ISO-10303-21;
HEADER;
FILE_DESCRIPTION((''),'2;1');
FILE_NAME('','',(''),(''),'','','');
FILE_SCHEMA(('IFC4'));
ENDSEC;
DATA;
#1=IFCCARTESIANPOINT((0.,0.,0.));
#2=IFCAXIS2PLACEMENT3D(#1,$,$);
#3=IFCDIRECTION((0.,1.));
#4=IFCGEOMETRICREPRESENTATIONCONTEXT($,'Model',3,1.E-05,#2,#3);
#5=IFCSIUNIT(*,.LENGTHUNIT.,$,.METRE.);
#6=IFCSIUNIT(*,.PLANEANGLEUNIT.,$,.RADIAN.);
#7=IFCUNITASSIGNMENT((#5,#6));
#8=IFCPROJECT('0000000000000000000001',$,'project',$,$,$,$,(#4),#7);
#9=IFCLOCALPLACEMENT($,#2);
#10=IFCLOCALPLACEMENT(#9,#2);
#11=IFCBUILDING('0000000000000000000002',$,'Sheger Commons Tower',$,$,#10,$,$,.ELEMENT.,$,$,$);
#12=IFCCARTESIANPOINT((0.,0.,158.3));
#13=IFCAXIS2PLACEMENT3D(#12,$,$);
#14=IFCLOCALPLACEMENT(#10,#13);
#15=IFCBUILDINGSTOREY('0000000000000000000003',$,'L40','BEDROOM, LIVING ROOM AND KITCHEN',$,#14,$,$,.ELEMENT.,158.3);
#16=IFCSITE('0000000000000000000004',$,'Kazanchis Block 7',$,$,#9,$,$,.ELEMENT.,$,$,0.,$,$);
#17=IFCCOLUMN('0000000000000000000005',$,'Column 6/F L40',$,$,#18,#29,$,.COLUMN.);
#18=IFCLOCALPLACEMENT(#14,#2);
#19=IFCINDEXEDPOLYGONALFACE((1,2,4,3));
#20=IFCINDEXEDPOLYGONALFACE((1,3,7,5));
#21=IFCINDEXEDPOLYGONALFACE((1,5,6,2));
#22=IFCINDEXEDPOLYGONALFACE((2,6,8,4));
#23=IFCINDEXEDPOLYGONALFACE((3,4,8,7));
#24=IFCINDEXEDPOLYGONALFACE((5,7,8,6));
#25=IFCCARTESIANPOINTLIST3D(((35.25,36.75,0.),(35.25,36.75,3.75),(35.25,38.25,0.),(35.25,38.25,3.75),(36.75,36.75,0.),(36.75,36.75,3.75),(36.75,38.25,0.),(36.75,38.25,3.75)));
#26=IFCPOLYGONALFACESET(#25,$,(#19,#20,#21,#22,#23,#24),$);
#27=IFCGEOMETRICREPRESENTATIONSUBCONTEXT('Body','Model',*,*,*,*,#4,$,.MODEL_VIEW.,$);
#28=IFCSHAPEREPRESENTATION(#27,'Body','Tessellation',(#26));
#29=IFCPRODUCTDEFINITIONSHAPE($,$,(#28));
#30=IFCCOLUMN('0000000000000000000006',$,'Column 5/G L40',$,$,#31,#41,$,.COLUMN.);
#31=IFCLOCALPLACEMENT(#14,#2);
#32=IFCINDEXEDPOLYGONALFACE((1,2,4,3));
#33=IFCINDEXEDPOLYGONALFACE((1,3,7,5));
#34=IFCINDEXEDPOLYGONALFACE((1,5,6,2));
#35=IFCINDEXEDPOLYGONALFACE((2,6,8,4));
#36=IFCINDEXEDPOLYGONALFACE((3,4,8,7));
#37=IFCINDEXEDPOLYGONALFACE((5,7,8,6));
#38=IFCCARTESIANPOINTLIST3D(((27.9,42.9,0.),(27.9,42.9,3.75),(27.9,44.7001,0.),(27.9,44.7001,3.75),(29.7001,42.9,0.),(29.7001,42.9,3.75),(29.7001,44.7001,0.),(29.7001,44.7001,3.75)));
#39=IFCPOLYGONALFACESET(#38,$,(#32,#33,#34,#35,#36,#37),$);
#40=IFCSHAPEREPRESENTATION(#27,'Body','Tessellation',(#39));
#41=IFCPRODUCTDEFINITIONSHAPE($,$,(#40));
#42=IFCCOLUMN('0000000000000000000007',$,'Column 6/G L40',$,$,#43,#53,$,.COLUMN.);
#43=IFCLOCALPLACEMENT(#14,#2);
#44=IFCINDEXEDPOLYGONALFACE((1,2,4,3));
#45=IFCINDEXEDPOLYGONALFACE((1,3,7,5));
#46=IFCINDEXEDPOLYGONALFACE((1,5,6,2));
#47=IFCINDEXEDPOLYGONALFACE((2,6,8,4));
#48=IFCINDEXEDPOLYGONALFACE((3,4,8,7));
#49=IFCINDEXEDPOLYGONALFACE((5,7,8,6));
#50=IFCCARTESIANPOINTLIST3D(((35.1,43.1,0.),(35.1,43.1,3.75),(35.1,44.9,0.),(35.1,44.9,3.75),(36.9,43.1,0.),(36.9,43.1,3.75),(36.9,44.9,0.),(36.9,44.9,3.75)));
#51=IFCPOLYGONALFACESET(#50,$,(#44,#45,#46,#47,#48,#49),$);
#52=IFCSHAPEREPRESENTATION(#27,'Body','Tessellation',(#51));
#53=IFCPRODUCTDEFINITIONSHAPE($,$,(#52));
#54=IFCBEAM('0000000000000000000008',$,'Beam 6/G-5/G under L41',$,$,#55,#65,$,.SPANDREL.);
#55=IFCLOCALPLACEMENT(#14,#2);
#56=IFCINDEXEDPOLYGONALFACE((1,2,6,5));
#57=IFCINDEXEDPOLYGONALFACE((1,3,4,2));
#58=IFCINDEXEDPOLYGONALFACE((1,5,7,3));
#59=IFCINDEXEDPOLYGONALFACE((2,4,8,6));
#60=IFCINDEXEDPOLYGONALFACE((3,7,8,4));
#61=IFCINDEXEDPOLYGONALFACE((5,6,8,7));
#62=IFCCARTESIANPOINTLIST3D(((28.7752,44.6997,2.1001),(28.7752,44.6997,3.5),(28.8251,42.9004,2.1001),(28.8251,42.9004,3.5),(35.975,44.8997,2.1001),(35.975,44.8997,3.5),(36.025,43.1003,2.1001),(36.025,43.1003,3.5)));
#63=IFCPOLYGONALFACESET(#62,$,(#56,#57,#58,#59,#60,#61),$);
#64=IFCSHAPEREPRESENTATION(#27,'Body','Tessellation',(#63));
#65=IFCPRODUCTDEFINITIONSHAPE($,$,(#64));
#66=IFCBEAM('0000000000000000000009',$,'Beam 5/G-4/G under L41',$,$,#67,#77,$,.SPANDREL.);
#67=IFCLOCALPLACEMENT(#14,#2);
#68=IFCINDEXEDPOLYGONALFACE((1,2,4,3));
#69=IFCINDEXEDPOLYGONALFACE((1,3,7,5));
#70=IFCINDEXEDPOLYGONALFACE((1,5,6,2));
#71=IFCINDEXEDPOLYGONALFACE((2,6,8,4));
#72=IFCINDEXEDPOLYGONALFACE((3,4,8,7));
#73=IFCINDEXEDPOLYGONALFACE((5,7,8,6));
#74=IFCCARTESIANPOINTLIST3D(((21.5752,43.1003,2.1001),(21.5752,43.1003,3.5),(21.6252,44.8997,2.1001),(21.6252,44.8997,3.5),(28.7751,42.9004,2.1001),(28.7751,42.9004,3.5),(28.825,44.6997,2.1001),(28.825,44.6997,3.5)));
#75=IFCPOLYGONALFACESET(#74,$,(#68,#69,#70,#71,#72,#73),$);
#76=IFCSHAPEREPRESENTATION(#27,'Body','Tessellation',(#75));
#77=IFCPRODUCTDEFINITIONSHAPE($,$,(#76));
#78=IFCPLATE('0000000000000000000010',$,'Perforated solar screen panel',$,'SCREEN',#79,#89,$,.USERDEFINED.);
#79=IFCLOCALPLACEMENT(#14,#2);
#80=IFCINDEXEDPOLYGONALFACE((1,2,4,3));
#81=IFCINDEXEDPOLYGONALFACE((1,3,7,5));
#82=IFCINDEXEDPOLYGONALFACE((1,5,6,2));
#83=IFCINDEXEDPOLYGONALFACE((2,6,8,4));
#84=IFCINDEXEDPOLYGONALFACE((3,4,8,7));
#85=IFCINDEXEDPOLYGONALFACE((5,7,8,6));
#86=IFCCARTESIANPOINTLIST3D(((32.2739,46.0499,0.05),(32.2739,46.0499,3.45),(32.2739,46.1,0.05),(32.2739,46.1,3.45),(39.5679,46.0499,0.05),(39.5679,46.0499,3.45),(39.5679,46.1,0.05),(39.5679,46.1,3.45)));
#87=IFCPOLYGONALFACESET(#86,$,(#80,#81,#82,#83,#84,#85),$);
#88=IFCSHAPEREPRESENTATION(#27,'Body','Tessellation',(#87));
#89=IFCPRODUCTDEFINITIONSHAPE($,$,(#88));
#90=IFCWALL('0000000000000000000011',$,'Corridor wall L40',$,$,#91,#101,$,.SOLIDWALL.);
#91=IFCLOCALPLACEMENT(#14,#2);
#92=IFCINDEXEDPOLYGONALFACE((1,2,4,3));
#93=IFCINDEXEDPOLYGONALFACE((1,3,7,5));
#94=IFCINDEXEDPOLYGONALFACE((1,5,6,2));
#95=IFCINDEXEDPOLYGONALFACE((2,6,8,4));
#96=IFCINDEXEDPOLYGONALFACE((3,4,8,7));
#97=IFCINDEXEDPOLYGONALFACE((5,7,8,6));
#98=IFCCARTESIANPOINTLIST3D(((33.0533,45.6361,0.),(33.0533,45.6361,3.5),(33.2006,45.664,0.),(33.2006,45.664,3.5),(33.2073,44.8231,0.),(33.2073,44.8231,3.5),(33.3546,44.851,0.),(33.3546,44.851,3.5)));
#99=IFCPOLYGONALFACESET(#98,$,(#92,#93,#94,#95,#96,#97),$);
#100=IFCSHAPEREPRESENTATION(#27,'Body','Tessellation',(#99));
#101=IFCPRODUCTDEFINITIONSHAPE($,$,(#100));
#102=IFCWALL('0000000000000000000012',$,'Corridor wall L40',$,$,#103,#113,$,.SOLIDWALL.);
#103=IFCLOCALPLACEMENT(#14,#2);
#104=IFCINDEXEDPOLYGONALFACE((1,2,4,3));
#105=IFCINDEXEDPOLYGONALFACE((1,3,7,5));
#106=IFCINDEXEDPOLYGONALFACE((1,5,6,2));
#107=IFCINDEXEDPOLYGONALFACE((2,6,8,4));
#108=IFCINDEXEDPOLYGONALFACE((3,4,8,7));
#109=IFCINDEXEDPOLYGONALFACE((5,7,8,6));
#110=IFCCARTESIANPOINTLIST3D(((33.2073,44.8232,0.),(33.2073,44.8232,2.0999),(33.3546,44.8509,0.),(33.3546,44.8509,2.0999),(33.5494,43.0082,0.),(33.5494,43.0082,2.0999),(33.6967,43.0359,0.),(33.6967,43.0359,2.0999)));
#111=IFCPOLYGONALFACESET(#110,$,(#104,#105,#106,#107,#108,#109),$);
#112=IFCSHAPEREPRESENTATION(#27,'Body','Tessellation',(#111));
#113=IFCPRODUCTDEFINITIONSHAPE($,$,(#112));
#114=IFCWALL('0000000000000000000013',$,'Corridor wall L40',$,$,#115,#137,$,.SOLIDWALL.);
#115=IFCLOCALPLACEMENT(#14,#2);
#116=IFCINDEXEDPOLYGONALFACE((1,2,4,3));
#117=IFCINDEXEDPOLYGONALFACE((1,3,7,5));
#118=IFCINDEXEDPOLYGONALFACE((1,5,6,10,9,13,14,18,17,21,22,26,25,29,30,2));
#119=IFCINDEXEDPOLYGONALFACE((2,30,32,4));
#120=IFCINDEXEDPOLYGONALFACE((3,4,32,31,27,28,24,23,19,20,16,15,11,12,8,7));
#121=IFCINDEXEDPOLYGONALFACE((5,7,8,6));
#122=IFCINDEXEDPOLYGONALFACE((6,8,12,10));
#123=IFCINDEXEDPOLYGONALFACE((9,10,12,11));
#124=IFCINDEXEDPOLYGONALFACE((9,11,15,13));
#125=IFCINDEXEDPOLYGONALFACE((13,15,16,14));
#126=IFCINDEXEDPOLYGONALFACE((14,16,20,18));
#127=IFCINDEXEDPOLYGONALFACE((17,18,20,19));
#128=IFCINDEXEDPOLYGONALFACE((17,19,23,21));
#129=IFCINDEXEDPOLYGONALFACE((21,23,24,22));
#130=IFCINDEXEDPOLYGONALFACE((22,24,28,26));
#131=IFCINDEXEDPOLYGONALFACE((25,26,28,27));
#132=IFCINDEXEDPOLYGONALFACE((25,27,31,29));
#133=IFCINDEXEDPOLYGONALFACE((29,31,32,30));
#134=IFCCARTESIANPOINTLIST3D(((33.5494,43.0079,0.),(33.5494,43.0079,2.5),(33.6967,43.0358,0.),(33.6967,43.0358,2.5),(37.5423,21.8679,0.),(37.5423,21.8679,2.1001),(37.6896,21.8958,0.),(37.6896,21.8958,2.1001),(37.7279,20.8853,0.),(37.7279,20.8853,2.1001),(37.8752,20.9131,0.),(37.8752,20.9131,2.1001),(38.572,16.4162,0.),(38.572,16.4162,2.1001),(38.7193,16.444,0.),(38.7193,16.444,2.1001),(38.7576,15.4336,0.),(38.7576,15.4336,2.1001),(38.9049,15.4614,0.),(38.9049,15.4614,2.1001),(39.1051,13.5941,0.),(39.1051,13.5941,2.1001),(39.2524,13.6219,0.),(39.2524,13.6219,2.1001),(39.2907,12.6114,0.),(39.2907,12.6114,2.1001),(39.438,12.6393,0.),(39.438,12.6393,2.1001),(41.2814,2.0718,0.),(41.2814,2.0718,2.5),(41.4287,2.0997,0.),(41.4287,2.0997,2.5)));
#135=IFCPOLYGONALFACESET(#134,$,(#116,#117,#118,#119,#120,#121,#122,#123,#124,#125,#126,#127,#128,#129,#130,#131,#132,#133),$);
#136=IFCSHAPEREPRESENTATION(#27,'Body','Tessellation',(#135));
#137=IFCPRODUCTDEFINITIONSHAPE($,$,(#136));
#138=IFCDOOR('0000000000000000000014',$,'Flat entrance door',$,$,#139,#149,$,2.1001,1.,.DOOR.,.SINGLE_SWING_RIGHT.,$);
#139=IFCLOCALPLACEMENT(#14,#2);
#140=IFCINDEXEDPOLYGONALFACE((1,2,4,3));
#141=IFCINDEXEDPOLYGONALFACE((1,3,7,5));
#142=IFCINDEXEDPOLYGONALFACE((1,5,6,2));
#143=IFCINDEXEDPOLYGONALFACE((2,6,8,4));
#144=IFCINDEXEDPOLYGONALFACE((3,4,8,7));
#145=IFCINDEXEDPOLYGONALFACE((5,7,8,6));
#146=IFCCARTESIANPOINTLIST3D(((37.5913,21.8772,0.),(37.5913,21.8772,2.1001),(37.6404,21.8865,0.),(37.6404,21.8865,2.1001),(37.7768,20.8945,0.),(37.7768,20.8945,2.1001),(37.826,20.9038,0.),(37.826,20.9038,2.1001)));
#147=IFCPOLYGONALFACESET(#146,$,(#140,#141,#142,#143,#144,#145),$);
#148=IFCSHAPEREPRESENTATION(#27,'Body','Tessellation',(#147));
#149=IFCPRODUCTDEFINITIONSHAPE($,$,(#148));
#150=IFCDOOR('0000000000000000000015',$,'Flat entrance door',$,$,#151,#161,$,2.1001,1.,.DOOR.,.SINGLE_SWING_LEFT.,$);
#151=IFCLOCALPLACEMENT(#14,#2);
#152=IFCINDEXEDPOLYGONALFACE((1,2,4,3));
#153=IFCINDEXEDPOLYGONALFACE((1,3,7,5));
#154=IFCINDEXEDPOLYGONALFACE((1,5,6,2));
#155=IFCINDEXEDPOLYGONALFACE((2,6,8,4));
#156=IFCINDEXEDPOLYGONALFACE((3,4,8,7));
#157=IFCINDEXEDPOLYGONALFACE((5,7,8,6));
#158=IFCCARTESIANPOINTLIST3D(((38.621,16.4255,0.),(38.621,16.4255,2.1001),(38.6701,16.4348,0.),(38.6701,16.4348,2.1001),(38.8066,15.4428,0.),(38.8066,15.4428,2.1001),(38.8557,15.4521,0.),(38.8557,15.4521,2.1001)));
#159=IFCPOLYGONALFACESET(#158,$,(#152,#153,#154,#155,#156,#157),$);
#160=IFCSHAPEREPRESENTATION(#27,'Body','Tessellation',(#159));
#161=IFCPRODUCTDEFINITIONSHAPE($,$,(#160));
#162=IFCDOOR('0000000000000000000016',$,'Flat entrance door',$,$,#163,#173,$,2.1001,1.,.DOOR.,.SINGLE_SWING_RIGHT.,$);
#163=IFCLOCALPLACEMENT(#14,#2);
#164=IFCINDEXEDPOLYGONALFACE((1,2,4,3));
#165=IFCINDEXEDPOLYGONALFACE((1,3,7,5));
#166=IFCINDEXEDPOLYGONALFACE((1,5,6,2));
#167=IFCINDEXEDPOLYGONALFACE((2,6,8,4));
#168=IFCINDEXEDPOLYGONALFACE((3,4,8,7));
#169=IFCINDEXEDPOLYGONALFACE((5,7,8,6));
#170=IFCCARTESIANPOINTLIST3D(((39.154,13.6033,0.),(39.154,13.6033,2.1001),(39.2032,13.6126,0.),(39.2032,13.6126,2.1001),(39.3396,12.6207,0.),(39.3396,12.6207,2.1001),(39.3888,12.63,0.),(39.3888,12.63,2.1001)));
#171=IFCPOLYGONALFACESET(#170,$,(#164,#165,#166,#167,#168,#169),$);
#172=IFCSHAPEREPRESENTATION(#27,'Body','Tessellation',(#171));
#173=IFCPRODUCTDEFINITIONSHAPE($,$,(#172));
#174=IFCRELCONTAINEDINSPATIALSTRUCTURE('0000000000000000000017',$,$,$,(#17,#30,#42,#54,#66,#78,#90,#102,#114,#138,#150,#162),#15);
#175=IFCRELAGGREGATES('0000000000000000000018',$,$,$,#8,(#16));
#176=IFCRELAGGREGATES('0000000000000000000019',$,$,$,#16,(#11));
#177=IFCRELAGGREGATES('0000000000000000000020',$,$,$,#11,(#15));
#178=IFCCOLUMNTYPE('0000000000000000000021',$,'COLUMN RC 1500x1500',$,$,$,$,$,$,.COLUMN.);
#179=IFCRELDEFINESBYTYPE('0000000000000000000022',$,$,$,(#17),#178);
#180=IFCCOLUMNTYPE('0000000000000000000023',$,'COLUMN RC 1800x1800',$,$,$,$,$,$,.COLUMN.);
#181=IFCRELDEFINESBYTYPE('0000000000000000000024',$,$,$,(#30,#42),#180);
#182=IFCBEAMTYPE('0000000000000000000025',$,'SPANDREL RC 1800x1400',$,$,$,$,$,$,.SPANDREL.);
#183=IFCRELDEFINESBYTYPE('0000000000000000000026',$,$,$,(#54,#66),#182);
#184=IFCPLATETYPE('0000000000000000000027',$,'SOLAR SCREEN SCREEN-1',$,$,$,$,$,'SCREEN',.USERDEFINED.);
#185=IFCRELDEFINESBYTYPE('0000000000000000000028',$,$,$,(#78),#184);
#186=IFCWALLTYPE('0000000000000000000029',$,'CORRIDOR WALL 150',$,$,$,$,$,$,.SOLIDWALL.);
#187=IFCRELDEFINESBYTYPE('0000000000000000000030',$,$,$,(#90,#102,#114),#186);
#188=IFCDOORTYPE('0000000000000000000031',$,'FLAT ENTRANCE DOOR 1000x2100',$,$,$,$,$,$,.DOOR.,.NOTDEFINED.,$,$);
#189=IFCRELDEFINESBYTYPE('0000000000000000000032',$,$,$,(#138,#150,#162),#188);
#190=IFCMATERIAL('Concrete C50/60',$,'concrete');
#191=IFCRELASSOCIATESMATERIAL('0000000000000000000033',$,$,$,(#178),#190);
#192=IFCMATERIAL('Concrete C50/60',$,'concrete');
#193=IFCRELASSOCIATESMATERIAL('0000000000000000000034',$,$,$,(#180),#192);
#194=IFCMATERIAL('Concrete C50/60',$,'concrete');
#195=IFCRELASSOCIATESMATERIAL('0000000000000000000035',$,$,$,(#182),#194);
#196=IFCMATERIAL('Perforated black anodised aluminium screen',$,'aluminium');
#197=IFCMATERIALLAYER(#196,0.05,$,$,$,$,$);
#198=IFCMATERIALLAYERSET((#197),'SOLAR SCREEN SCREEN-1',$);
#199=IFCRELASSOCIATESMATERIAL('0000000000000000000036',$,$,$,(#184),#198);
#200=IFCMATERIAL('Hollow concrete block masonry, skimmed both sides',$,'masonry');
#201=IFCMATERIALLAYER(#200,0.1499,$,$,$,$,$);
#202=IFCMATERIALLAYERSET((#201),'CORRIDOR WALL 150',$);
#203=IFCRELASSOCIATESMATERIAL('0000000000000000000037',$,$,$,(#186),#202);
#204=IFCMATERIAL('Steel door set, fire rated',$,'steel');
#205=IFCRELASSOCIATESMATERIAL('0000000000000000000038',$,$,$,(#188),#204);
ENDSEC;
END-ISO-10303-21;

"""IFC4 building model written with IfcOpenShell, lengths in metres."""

from ifc_helpers import new_model, si_unit, direction, frame, frame_2d, origin, origin_2d, place, context, subcontext, project, spatial, rectangle, extrude, material, layer, layer_set, material_profile, profile_set, type_object, element, fill, save


model = new_model("IFC4")

# Units and contexts
model_context = context("Model", 3, precision=1e-05, world=origin(), true_north=direction((0.0, 1.0)))
body_context = subcontext(model_context, "Body", "Model", "MODEL_VIEW")
ifc_project = project(units=[si_unit("LENGTHUNIT", "METRE"), si_unit("PLANEANGLEUNIT", "RADIAN")], contexts=[model_context])

# Site, building, storey
site_placement = place(None, origin())
site = spatial("IfcSite", under=ifc_project, at=site_placement, Name="Kazanchis Block 7", CompositionType="ELEMENT", RefElevation=0.0)
building_placement = place(site_placement, origin())
building = spatial("IfcBuilding", under=site, at=building_placement, Name="Sheger Commons Tower", CompositionType="ELEMENT")
storey_placement = place(building_placement, frame((0.0, 0.0, 158.3)))
storey = spatial("IfcBuildingStorey", under=building, at=storey_placement, Name="L40", Description="BEDROOM, LIVING ROOM AND KITCHEN", CompositionType="ELEMENT", Elevation=158.3)

# Columns
ifc_material_1 = material(Name="Concrete C50/60", Category="concrete")
ifc_material_profile_1 = material_profile(ifc_material_1, rectangle(XDim=1.5, YDim=1.5, at=origin_2d()), Name="RC 1500x1500")
ifc_profile_set_1 = profile_set([ifc_material_profile_1], Name="Concrete C50/60")
column_type_1 = type_object("IfcColumnType", Name="COLUMN RC 1500x1500", PredefinedType="COLUMN", material=ifc_profile_set_1)
column_placement = place(storey_placement, frame((36.0, 37.5, 0.0), z_axis=(0.0, 0.0, 1.0), x_axis=(1.0, 0.0, 0.0)))
element("IfcColumn", 1, at=column_placement, inside=storey, type_object=column_type_1, Name="Column 6/F L40", PredefinedType="COLUMN", context=body_context, shape_type="SweptSolid", body=[
    extrude(rectangle(XDim=1.5, YDim=1.5, at=origin_2d()), origin(), (0.0, 0.0, 1.0), 3.75),
])
ifc_material_2 = material(Name="Concrete C50/60", Category="concrete")
ifc_material_profile_2 = material_profile(ifc_material_2, rectangle(XDim=1.8, YDim=1.8, at=origin_2d()), Name="RC 1800x1800")
ifc_profile_set_2 = profile_set([ifc_material_profile_2], Name="Concrete C50/60")
column_type_2 = type_object("IfcColumnType", Name="COLUMN RC 1800x1800", PredefinedType="COLUMN", material=ifc_profile_set_2)
for number, where, z_axis, x_axis, name in (
    (2, (28.8, 43.8, 0.0), (0.0, 0.0, 1.0), (1.0, 0.0, 0.0), "Column 5/G L40"),
    (3, (36.0, 44.0, 0.0), (0.0, 0.0, 1.0), (1.0, 0.0, 0.0), "Column 6/G L40"),
):
    element("IfcColumn", number, at=place(storey_placement, frame(where, z_axis=z_axis, x_axis=x_axis)), inside=storey, type_object=column_type_2, Name=name, PredefinedType="COLUMN", context=body_context, shape_type="SweptSolid", body=[
        extrude(rectangle(XDim=1.8, YDim=1.8, at=origin_2d()), origin(), (0.0, 0.0, 1.0), 3.75),
    ])

# Beams
ifc_material_3 = material(Name="Concrete C50/60", Category="concrete")
ifc_material_profile_3 = material_profile(ifc_material_3, rectangle(XDim=1.8, YDim=1.3999, at=origin_2d()), Name="RC 1800x1400")
ifc_profile_set_3 = profile_set([ifc_material_profile_3], Name="Concrete C50/60")
beam_type = type_object("IfcBeamType", Name="SPANDREL RC 1800x1400", PredefinedType="SPANDREL", material=ifc_profile_set_3)
for number, where, z_axis, x_axis, name in (
    (4, (36.0, 44.0, 2.8), (-0.999615, -0.02776, 0.0), (0.02776, -0.999615, 0.0), "Beam 6/G-5/G under L41"),
    (5, (28.8, 43.8, 2.8), (-0.999615, 0.02776, 0.0), (-0.02776, -0.999615, 0.0), "Beam 5/G-4/G under L41"),
):
    element("IfcBeam", number, at=place(storey_placement, frame(where, z_axis=z_axis, x_axis=x_axis)), inside=storey, type_object=beam_type, Name=name, PredefinedType="SPANDREL", context=body_context, shape_type="SweptSolid", body=[
        extrude(rectangle(XDim=1.8, YDim=1.3999, at=origin_2d()), origin(), (0.0, 0.0, 1.0), 7.2026),
    ])

# Plate
ifc_material_4 = material(Name="Perforated black anodised aluminium screen", Category="aluminium")
ifc_layer_1 = layer(ifc_material_4, 0.05)
ifc_layer_set_1 = layer_set([ifc_layer_1], Name="SOLAR SCREEN SCREEN-1")
plate_type = type_object("IfcPlateType", Name="SOLAR SCREEN SCREEN-1", ElementType="SCREEN", PredefinedType="USERDEFINED", material=ifc_layer_set_1)
plate_placement = place(storey_placement, frame((35.9209, 46.075, 0.05), z_axis=(0.0, 0.0, 1.0), x_axis=(-1.0, 0.0, 0.0)))
element("IfcPlate", 6, at=plate_placement, inside=storey, type_object=plate_type, Name="Perforated solar screen panel", ObjectType="SCREEN", PredefinedType="USERDEFINED", context=body_context, shape_type="SweptSolid", body=[
    extrude(rectangle(XDim=7.2939, YDim=0.05, at=origin_2d()), origin(), (0.0, 0.0, 1.0), 3.3999),
])

# Walls
ifc_material_5 = material(Name="Hollow concrete block masonry, skimmed both sides", Category="masonry")
ifc_layer_2 = layer(ifc_material_5, 0.1499)
ifc_layer_set_2 = layer_set([ifc_layer_2], Name="CORRIDOR WALL 150")
wall_type_1 = type_object("IfcWallType", Name="CORRIDOR WALL 150", PredefinedType="SOLIDWALL", material=ifc_layer_set_2)
wall_1_placement = place(storey_placement, frame((33.127, 45.6499, 0.0), z_axis=(0.0, 0.0, 1.0), x_axis=(0.186177, -0.982516, 0.0)))
element("IfcWall", 7, at=wall_1_placement, inside=storey, type_object=wall_type_1, Name="Corridor wall L40", PredefinedType="SOLIDWALL", context=body_context, shape_type="SweptSolid", body=[
    extrude(rectangle(XDim=0.8274, YDim=0.1499, at=frame_2d((0.4136, 0.0))), origin(), (0.0, 0.0, 1.0), 3.5),
])
wall_2_placement = place(storey_placement, frame((33.281, 44.8369, 0.0), z_axis=(0.0, 0.0, 1.0), x_axis=(0.185198, -0.982701, 0.0)))
element("IfcWall", 8, at=wall_2_placement, inside=storey, type_object=wall_type_1, Name="Corridor wall L40", PredefinedType="SOLIDWALL", context=body_context, shape_type="SweptSolid", body=[
    extrude(rectangle(XDim=1.8469, YDim=0.1499, at=frame_2d((0.9233, 0.0))), origin(), (0.0, 0.0, 1.0), 2.0999),
])

# Wall, openings, doors
wall_3_placement = place(storey_placement, frame((33.623, 43.022, 0.0), z_axis=(0.0, 0.0, 1.0), x_axis=(0.185597, -0.982626, 0.0)))
wall_3 = element("IfcWall", 9, at=wall_3_placement, inside=storey, type_object=wall_type_1, Name="Corridor wall L40", PredefinedType="SOLIDWALL", context=body_context, shape_type="SweptSolid", body=[
    extrude(rectangle(XDim=41.6599, YDim=0.1499, at=frame_2d((20.8301, 0.0))), origin(), (0.0, 0.0, 1.0), 2.5),
])
opening_1_placement = place(wall_3_placement, frame((21.5139, 0.0, 0.0)))
opening_1 = element("IfcOpeningElement", 10, at=opening_1_placement, cuts=wall_3, PredefinedType="OPENING", context=body_context, shape_type="SweptSolid", body=[
    extrude(rectangle(XDim=1.0, YDim=2.1001, at=frame_2d((0.5, 1.05))), frame((0.0, 0.085, 0.0), z_axis=(0.0, -1.0, 0.0), x_axis=(1.0, 0.0, 0.0)), (0.0, 0.0, 1.0), 0.1699),
])
opening_2_placement = place(wall_3_placement, frame((27.062, 0.0, 0.0)))
opening_2 = element("IfcOpeningElement", 11, at=opening_2_placement, cuts=wall_3, PredefinedType="OPENING", context=body_context, shape_type="SweptSolid", body=[
    extrude(rectangle(XDim=1.0, YDim=2.1001, at=frame_2d((0.5, 1.05))), frame((0.0, 0.085, 0.0), z_axis=(0.0, -1.0, 0.0), x_axis=(1.0, 0.0, 0.0)), (0.0, 0.0, 1.0), 0.1699),
])
opening_3_placement = place(wall_3_placement, frame((29.9341, 0.0, 0.0)))
opening_3 = element("IfcOpeningElement", 12, at=opening_3_placement, cuts=wall_3, PredefinedType="OPENING", context=body_context, shape_type="SweptSolid", body=[
    extrude(rectangle(XDim=1.0, YDim=2.1001, at=frame_2d((0.5, 1.05))), frame((0.0, 0.085, 0.0), z_axis=(0.0, -1.0, 0.0), x_axis=(1.0, 0.0, 0.0)), (0.0, 0.0, 1.0), 0.1699),
])
ifc_material_6 = material(Name="Steel door set, fire rated", Category="steel")
door_type = type_object("IfcDoorType", Name="FLAT ENTRANCE DOOR 1000x2100", OperationType="NOTDEFINED", PredefinedType="DOOR", material=ifc_material_6)
door_1_placement = place(opening_1_placement, origin())
door_1 = element("IfcDoor", 13, at=door_1_placement, inside=storey, type_object=door_type, Name="Flat entrance door", OperationType="SINGLE_SWING_RIGHT", OverallHeight=2.1001, OverallWidth=1.0, PredefinedType="DOOR", context=body_context, shape_type="SweptSolid", body=[
    extrude(rectangle(XDim=1.0, YDim=2.1001, at=frame_2d((0.5, 1.05))), frame((0.0, 0.0249, 0.0), z_axis=(0.0, -1.0, 0.0), x_axis=(1.0, 0.0, 0.0)), (0.0, 0.0, 1.0), 0.05),
])
fill(opening_1, door_1)
door_2_placement = place(opening_2_placement, origin())
door_2 = element("IfcDoor", 14, at=door_2_placement, inside=storey, type_object=door_type, Name="Flat entrance door", OperationType="SINGLE_SWING_LEFT", OverallHeight=2.1001, OverallWidth=1.0, PredefinedType="DOOR", context=body_context, shape_type="SweptSolid", body=[
    extrude(rectangle(XDim=1.0, YDim=2.1001, at=frame_2d((0.5, 1.05))), frame((0.0, 0.0249, 0.0), z_axis=(0.0, -1.0, 0.0), x_axis=(1.0, 0.0, 0.0)), (0.0, 0.0, 1.0), 0.05),
])
fill(opening_2, door_2)
door_3_placement = place(opening_3_placement, origin())
door_3 = element("IfcDoor", 15, at=door_3_placement, inside=storey, type_object=door_type, Name="Flat entrance door", OperationType="SINGLE_SWING_RIGHT", OverallHeight=2.1001, OverallWidth=1.0, PredefinedType="DOOR", context=body_context, shape_type="SweptSolid", body=[
    extrude(rectangle(XDim=1.0, YDim=2.1001, at=frame_2d((0.5, 1.05))), frame((0.0, 0.0249, 0.0), z_axis=(0.0, -1.0, 0.0), x_axis=(1.0, 0.0, 0.0)), (0.0, 0.0, 1.0), 0.05),
])
fill(opening_3, door_3)

save(model, "model.ifc")
